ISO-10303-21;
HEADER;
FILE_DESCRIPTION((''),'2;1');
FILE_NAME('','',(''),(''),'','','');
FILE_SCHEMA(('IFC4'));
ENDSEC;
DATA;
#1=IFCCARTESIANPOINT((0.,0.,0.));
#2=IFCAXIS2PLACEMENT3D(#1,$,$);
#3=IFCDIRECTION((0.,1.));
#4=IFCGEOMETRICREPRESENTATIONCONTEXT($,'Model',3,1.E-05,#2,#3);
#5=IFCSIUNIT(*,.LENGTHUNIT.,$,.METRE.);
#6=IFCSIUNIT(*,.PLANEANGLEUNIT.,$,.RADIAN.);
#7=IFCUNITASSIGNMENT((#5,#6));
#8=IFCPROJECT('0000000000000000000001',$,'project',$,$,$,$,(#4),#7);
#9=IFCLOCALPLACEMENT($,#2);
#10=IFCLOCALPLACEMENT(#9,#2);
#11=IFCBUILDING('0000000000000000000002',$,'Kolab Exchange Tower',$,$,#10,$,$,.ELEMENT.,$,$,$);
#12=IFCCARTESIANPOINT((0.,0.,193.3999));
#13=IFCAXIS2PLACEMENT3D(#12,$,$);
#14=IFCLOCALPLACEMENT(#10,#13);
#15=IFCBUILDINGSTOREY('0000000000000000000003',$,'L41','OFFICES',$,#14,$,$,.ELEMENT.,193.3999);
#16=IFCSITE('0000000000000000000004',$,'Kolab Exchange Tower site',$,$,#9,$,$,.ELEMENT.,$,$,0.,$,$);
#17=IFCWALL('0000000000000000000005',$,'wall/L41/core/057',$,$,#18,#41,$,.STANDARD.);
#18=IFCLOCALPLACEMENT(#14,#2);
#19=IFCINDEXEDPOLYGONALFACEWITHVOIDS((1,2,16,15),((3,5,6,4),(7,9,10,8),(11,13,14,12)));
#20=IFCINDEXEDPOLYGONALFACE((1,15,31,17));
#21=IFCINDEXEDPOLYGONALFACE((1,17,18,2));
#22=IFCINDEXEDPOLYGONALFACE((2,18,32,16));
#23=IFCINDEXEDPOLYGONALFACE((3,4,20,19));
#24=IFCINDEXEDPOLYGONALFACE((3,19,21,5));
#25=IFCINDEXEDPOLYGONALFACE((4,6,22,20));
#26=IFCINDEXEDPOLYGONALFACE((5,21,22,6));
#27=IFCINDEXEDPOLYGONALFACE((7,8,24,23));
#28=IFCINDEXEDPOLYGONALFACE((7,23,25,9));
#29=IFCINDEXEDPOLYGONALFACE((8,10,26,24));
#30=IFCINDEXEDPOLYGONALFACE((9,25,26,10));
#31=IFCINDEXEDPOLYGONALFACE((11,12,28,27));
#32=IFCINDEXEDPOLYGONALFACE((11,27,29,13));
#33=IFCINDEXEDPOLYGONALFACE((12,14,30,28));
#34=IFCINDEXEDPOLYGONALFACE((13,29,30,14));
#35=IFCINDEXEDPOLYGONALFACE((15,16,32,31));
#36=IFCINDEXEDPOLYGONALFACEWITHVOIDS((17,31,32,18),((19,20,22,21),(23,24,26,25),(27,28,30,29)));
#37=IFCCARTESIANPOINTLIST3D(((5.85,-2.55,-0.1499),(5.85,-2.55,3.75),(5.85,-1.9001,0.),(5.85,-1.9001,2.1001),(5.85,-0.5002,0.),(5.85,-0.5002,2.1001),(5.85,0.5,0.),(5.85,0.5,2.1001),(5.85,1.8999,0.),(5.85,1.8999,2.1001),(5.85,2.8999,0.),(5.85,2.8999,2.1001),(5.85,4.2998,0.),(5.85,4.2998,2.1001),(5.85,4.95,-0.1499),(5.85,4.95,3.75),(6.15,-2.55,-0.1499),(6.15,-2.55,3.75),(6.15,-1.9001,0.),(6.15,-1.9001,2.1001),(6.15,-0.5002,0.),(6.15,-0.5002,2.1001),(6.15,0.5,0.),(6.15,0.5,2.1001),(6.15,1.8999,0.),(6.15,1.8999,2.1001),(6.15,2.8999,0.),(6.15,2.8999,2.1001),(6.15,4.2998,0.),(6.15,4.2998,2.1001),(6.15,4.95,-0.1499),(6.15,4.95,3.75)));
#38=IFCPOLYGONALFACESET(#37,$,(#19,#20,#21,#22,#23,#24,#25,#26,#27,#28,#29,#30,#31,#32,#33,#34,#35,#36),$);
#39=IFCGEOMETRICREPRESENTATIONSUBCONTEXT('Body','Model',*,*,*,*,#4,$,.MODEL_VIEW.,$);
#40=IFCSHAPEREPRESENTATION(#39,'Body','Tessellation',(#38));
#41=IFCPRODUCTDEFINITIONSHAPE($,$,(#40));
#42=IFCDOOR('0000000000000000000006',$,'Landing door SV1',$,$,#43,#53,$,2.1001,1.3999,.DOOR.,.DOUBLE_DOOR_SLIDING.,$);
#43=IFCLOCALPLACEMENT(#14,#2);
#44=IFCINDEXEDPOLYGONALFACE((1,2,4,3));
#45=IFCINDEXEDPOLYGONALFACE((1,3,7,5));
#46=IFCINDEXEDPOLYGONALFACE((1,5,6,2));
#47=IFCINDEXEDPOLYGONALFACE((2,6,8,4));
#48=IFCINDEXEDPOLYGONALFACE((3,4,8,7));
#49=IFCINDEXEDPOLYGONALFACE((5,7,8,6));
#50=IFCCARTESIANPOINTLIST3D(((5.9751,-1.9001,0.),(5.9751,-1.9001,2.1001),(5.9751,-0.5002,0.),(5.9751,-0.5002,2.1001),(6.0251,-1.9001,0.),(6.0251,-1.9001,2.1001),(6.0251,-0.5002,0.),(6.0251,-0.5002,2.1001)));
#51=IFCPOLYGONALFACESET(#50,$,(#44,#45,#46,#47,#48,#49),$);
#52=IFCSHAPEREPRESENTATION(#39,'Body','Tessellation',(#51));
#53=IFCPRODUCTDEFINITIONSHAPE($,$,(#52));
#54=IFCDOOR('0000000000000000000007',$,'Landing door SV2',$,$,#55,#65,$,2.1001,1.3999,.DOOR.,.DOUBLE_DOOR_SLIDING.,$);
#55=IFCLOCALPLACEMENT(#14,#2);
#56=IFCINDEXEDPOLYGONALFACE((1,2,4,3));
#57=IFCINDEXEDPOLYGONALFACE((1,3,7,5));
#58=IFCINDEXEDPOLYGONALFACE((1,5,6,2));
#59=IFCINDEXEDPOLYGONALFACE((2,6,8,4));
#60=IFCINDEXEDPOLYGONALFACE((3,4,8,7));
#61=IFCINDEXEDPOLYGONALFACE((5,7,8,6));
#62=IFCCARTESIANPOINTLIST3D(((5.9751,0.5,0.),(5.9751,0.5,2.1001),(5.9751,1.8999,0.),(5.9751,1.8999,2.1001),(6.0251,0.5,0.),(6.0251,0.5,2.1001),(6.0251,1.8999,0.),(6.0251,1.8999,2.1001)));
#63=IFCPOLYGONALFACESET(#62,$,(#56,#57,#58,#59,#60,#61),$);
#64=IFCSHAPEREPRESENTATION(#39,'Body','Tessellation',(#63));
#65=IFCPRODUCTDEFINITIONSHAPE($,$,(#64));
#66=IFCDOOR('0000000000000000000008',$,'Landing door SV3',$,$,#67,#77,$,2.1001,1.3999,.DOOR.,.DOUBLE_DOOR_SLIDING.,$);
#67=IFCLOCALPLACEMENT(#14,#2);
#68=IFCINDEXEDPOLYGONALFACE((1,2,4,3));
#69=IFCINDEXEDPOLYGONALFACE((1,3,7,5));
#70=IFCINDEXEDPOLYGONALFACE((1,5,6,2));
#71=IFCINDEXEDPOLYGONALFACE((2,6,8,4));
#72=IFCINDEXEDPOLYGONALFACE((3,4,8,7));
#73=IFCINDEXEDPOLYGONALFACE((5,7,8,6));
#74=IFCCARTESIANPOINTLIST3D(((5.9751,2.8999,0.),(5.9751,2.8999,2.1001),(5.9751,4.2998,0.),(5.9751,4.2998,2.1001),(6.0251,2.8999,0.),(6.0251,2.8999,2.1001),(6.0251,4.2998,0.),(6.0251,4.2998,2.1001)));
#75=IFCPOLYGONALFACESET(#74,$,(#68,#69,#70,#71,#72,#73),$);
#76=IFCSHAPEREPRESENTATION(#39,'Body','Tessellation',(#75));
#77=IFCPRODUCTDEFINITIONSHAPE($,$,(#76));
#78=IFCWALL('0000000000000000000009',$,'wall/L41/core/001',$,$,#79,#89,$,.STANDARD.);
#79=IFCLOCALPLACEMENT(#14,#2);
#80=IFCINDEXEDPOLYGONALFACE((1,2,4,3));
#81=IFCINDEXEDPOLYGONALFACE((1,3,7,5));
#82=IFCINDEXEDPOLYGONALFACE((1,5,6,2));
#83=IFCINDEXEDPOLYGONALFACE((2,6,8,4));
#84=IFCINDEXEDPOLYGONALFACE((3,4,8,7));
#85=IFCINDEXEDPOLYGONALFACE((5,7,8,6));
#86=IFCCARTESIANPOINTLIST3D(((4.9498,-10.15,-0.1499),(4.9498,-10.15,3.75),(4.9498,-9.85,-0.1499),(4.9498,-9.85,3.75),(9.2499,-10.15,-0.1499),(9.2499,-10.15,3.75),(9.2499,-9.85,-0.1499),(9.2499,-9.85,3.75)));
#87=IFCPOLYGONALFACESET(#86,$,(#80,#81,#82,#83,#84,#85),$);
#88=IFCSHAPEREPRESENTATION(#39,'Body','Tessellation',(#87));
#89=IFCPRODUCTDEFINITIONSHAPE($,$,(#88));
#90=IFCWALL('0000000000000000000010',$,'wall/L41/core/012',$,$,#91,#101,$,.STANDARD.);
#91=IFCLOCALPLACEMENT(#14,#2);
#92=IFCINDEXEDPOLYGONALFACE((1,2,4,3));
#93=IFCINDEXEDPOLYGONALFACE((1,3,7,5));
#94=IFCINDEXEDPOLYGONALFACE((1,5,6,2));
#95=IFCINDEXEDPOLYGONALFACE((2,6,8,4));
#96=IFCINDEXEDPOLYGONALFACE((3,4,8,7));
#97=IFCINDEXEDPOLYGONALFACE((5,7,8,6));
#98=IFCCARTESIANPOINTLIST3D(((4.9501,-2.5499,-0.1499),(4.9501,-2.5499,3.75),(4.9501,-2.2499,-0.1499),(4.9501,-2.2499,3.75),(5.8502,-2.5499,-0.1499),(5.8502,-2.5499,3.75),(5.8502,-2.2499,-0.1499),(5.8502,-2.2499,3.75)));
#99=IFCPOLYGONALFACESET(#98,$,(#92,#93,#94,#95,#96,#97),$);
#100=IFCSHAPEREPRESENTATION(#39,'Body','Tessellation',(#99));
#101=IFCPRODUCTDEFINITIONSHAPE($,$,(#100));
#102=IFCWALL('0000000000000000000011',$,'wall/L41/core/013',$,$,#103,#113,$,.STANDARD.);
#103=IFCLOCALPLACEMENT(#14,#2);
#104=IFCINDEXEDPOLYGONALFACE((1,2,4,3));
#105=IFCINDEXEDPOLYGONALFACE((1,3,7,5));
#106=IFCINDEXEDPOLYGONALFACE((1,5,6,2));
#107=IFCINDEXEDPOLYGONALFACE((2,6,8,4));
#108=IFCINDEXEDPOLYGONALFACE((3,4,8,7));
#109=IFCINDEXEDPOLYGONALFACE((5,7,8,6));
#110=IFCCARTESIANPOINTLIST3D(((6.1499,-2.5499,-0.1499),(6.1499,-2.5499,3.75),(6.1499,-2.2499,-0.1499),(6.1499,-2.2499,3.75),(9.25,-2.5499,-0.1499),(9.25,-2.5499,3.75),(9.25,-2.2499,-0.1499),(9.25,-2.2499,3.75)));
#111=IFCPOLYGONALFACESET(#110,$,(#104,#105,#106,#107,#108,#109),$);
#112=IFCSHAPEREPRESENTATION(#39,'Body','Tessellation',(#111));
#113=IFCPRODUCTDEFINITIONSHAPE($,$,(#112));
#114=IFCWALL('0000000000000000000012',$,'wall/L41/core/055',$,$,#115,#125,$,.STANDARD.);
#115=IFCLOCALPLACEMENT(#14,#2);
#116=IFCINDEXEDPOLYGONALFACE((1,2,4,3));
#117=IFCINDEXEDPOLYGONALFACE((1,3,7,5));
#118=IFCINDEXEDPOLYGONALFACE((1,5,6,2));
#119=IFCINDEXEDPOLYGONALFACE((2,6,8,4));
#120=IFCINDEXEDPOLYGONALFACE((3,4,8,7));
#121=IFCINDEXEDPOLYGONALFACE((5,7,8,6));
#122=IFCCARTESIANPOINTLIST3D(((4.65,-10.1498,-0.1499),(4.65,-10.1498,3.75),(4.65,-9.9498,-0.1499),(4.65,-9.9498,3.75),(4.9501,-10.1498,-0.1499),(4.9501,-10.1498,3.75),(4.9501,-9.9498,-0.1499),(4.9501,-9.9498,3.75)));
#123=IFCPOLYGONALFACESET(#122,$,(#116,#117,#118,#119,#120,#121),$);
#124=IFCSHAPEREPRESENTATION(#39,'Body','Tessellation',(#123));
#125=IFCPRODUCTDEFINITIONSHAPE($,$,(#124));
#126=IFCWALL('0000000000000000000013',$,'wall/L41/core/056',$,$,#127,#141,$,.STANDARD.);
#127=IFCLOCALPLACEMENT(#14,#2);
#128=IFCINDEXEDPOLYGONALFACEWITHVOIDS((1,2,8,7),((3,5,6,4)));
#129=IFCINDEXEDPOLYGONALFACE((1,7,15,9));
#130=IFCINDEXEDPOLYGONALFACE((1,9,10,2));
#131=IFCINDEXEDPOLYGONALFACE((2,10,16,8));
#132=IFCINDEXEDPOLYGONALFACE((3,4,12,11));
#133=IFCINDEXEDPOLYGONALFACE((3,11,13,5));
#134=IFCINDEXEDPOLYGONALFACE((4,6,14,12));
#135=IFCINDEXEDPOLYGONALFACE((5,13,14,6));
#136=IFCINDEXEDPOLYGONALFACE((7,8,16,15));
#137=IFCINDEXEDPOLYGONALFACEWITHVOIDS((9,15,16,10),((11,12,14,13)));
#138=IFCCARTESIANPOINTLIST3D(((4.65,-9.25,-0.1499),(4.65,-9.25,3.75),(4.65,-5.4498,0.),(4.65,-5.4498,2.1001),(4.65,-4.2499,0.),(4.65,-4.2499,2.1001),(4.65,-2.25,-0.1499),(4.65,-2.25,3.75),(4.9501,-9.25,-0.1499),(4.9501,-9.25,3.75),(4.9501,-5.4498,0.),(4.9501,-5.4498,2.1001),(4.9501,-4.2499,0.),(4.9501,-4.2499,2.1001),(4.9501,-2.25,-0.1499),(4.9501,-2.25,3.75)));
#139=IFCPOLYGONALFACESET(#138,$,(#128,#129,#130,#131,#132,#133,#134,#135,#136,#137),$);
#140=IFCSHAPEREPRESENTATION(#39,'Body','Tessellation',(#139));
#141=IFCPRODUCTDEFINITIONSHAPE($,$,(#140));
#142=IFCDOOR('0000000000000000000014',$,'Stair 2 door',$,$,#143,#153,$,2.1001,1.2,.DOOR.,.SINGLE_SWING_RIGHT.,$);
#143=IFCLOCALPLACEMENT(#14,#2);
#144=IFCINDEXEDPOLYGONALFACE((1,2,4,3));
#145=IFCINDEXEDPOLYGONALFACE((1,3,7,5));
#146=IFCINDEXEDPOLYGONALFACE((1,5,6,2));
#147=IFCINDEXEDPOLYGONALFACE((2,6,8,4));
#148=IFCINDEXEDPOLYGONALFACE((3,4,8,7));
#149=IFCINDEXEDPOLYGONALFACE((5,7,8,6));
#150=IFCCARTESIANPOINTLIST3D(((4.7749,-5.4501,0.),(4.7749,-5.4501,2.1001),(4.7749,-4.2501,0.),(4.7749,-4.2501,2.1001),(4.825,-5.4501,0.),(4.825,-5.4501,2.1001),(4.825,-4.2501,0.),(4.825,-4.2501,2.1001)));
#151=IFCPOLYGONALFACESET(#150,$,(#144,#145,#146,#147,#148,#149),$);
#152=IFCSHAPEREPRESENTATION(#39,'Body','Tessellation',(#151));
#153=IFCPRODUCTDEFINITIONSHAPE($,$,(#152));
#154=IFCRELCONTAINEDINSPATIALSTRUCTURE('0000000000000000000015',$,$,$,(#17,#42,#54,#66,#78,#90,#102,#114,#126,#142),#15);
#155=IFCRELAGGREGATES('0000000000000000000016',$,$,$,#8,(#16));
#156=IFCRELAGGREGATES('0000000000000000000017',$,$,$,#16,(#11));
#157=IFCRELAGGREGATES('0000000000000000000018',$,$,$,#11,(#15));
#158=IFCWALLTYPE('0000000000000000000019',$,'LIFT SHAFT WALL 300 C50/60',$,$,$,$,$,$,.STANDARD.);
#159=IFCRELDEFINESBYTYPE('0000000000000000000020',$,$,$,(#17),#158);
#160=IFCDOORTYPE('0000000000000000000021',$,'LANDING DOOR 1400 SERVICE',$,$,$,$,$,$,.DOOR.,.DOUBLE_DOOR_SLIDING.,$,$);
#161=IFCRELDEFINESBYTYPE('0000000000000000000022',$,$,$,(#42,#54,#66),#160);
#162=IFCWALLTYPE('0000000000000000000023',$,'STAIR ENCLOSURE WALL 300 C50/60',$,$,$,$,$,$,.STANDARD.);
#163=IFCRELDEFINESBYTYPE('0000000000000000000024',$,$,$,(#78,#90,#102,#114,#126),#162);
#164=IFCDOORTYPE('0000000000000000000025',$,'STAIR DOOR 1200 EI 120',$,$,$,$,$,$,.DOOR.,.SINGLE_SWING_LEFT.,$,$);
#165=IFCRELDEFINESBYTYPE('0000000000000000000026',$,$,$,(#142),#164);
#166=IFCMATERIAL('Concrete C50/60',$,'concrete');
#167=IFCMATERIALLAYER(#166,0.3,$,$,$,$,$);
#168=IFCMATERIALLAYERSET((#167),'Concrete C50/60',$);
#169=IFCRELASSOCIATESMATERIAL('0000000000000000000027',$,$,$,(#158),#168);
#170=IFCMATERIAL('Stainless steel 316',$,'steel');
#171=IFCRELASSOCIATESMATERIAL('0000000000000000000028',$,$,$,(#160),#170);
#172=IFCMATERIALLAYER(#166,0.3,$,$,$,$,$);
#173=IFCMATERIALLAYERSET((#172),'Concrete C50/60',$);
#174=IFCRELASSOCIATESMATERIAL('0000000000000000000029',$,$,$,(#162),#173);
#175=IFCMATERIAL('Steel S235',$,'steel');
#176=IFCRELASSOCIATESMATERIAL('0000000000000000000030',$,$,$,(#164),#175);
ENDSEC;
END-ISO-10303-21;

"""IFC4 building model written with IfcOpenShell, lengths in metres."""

from ifc_helpers import new_model, si_unit, direction, frame, frame_2d, origin, place, context, subcontext, project, spatial, rectangle, extrude, material, layer, layer_set, type_object, element, fill, save


model = new_model("IFC4")

# Units and contexts
model_context = context("Model", 3, precision=1e-05, world=origin(), true_north=direction((0.0, 1.0)))
body_context = subcontext(model_context, "Body", "Model", "MODEL_VIEW")
ifc_project = project(units=[si_unit("LENGTHUNIT", "METRE"), si_unit("PLANEANGLEUNIT", "RADIAN")], contexts=[model_context])

# Site, building, storey
site_placement = place(None, origin())
site = spatial("IfcSite", under=ifc_project, at=site_placement, Name="Kolab Exchange Tower site", CompositionType="ELEMENT", RefElevation=0.0)
building_placement = place(site_placement, origin())
building = spatial("IfcBuilding", under=site, at=building_placement, Name="Kolab Exchange Tower", CompositionType="ELEMENT")
storey_placement = place(building_placement, frame((0.0, 0.0, 193.3999)))
storey = spatial("IfcBuildingStorey", under=building, at=storey_placement, Name="L41", Description="OFFICES", CompositionType="ELEMENT", Elevation=193.3999)

# Shared definitions
ifc_material_1 = material(Name="Concrete C50/60", Category="concrete")
ifc_layer_1 = layer(ifc_material_1, 0.3)
ifc_layer_set_1 = layer_set([ifc_layer_1], Name="Concrete C50/60")
wall_type_1 = type_object("IfcWallType", Name="LIFT SHAFT WALL 300 C50/60", PredefinedType="STANDARD", material=ifc_layer_set_1)
ifc_material_2 = material(Name="Stainless steel 316", Category="steel")

# Wall, openings, doors
wall_1_placement = place(storey_placement, frame((6.0, -2.55, -0.1499), z_axis=(0.0, 0.0, 1.0), x_axis=(0.0, 1.0, 0.0)))
wall_1 = element("IfcWall", 1, at=wall_1_placement, inside=storey, type_object=wall_type_1, Name="wall/L41/core/057", PredefinedType="STANDARD", context=body_context, shape_type="SweptSolid", body=[
    extrude(rectangle(XDim=7.5, YDim=0.3, at=frame_2d((3.75, 0.0))), origin(), (0.0, 0.0, 1.0), 3.8999),
])
opening_1_placement = place(wall_1_placement, frame((0.6499, 0.0, 0.1499)))
opening_1 = element("IfcOpeningElement", 2, at=opening_1_placement, cuts=wall_1, PredefinedType="OPENING", context=body_context, shape_type="SweptSolid", body=[
    extrude(rectangle(XDim=1.3999, YDim=2.1001, at=frame_2d((0.7, 1.05))), frame((0.0, 0.1602, 0.0), z_axis=(0.0, -1.0, 0.0), x_axis=(1.0, 0.0, 0.0)), (0.0, 0.0, 1.0), 0.3201),
])
opening_2_placement = place(wall_1_placement, frame((3.05, 0.0, 0.1499)))
opening_2 = element("IfcOpeningElement", 3, at=opening_2_placement, cuts=wall_1, PredefinedType="OPENING", context=body_context, shape_type="SweptSolid", body=[
    extrude(rectangle(XDim=1.3999, YDim=2.1001, at=frame_2d((0.7, 1.05))), frame((0.0, 0.1602, 0.0), z_axis=(0.0, -1.0, 0.0), x_axis=(1.0, 0.0, 0.0)), (0.0, 0.0, 1.0), 0.3201),
])
opening_3_placement = place(wall_1_placement, frame((5.45, 0.0, 0.1499)))
opening_3 = element("IfcOpeningElement", 4, at=opening_3_placement, cuts=wall_1, PredefinedType="OPENING", context=body_context, shape_type="SweptSolid", body=[
    extrude(rectangle(XDim=1.3999, YDim=2.1001, at=frame_2d((0.7, 1.05))), frame((0.0, 0.1602, 0.0), z_axis=(0.0, -1.0, 0.0), x_axis=(1.0, 0.0, 0.0)), (0.0, 0.0, 1.0), 0.3201),
])
door_type_1 = type_object("IfcDoorType", Name="LANDING DOOR 1400 SERVICE", OperationType="DOUBLE_DOOR_SLIDING", PredefinedType="DOOR", material=ifc_material_2)
door_1_placement = place(opening_1_placement, origin())
door_1 = element("IfcDoor", 5, at=door_1_placement, inside=storey, type_object=door_type_1, Name="Landing door SV1", OperationType="DOUBLE_DOOR_SLIDING", OverallHeight=2.1001, OverallWidth=1.3999, PredefinedType="DOOR", context=body_context, shape_type="SweptSolid", body=[
    extrude(rectangle(XDim=1.3999, YDim=2.1001, at=frame_2d((0.7, 1.05))), frame((0.0, 0.0249, 0.0), z_axis=(0.0, -1.0, 0.0), x_axis=(1.0, 0.0, 0.0)), (0.0, 0.0, 1.0), 0.05),
])
fill(opening_1, door_1)
door_2_placement = place(opening_2_placement, origin())
door_2 = element("IfcDoor", 6, at=door_2_placement, inside=storey, type_object=door_type_1, Name="Landing door SV2", OperationType="DOUBLE_DOOR_SLIDING", OverallHeight=2.1001, OverallWidth=1.3999, PredefinedType="DOOR", context=body_context, shape_type="SweptSolid", body=[
    extrude(rectangle(XDim=1.3999, YDim=2.1001, at=frame_2d((0.7, 1.05))), frame((0.0, 0.0249, 0.0), z_axis=(0.0, -1.0, 0.0), x_axis=(1.0, 0.0, 0.0)), (0.0, 0.0, 1.0), 0.05),
])
fill(opening_2, door_2)
door_3_placement = place(opening_3_placement, origin())
door_3 = element("IfcDoor", 7, at=door_3_placement, inside=storey, type_object=door_type_1, Name="Landing door SV3", OperationType="DOUBLE_DOOR_SLIDING", OverallHeight=2.1001, OverallWidth=1.3999, PredefinedType="DOOR", context=body_context, shape_type="SweptSolid", body=[
    extrude(rectangle(XDim=1.3999, YDim=2.1001, at=frame_2d((0.7, 1.05))), frame((0.0, 0.0249, 0.0), z_axis=(0.0, -1.0, 0.0), x_axis=(1.0, 0.0, 0.0)), (0.0, 0.0, 1.0), 0.05),
])
fill(opening_3, door_3)

# Walls
ifc_layer_2 = layer(ifc_material_1, 0.3)
ifc_layer_set_2 = layer_set([ifc_layer_2], Name="Concrete C50/60")
wall_type_2 = type_object("IfcWallType", Name="STAIR ENCLOSURE WALL 300 C50/60", PredefinedType="STANDARD", material=ifc_layer_set_2)
wall_2_placement = place(storey_placement, frame((4.95, -10.0, -0.1499), z_axis=(0.0, 0.0, 1.0), x_axis=(1.0, 0.0, 0.0)))
element("IfcWall", 8, at=wall_2_placement, inside=storey, type_object=wall_type_2, Name="wall/L41/core/001", PredefinedType="STANDARD", context=body_context, shape_type="SweptSolid", body=[
    extrude(rectangle(XDim=4.3, YDim=0.3, at=frame_2d((2.1499, 0.0))), origin(), (0.0, 0.0, 1.0), 3.8999),
])
wall_3_placement = place(storey_placement, frame((4.95, -2.3999, -0.1499), z_axis=(0.0, 0.0, 1.0), x_axis=(1.0, 0.0, 0.0)))
element("IfcWall", 9, at=wall_3_placement, inside=storey, type_object=wall_type_2, Name="wall/L41/core/012", PredefinedType="STANDARD", context=body_context, shape_type="SweptSolid", body=[
    extrude(rectangle(XDim=0.9001, YDim=0.3, at=frame_2d((0.4502, 0.0))), origin(), (0.0, 0.0, 1.0), 3.8999),
])
wall_4_placement = place(storey_placement, frame((6.1499, -2.3999, -0.1499), z_axis=(0.0, 0.0, 1.0), x_axis=(1.0, 0.0, 0.0)))
element("IfcWall", 10, at=wall_4_placement, inside=storey, type_object=wall_type_2, Name="wall/L41/core/013", PredefinedType="STANDARD", context=body_context, shape_type="SweptSolid", body=[
    extrude(rectangle(XDim=3.1001, YDim=0.3, at=frame_2d((1.55, 0.0))), origin(), (0.0, 0.0, 1.0), 3.8999),
])
wall_5_placement = place(storey_placement, frame((4.8, -10.1499, -0.1499), z_axis=(0.0, 0.0, 1.0), x_axis=(0.0, 1.0, 0.0)))
element("IfcWall", 11, at=wall_5_placement, inside=storey, type_object=wall_type_2, Name="wall/L41/core/055", PredefinedType="STANDARD", context=body_context, shape_type="SweptSolid", body=[
    extrude(rectangle(XDim=0.2, YDim=0.3, at=frame_2d((0.1001, 0.0))), origin(), (0.0, 0.0, 1.0), 3.8999),
])

# Wall, opening, door
wall_6_placement = place(storey_placement, frame((4.8, -9.25, -0.1499), z_axis=(0.0, 0.0, 1.0), x_axis=(0.0, 1.0, 0.0)))
wall_6 = element("IfcWall", 12, at=wall_6_placement, inside=storey, type_object=wall_type_2, Name="wall/L41/core/056", PredefinedType="STANDARD", context=body_context, shape_type="SweptSolid", body=[
    extrude(rectangle(XDim=7.0, YDim=0.3, at=frame_2d((3.5, 0.0))), origin(), (0.0, 0.0, 1.0), 3.8999),
])
opening_4_placement = place(wall_6_placement, frame((3.8, 0.0, 0.1499)))
opening_4 = element("IfcOpeningElement", 13, at=opening_4_placement, cuts=wall_6, PredefinedType="OPENING", context=body_context, shape_type="SweptSolid", body=[
    extrude(rectangle(XDim=1.2, YDim=2.1001, at=frame_2d((0.6001, 1.05))), frame((0.0, 0.1602, 0.0), z_axis=(0.0, -1.0, 0.0), x_axis=(1.0, 0.0, 0.0)), (0.0, 0.0, 1.0), 0.3201),
])
ifc_material_3 = material(Name="Steel S235", Category="steel")
door_type_2 = type_object("IfcDoorType", Name="STAIR DOOR 1200 EI 120", OperationType="SINGLE_SWING_LEFT", PredefinedType="DOOR", material=ifc_material_3)
door_4_placement = place(opening_4_placement, frame((1.2, 0.0, 0.0), z_axis=(0.0, 0.0, 1.0), x_axis=(-1.0, 0.0, 0.0)))
door_4 = element("IfcDoor", 14, at=door_4_placement, inside=storey, type_object=door_type_2, Name="Stair 2 door", OperationType="SINGLE_SWING_RIGHT", OverallHeight=2.1001, OverallWidth=1.2, PredefinedType="DOOR", context=body_context, shape_type="SweptSolid", body=[
    extrude(rectangle(XDim=1.2, YDim=2.1001, at=frame_2d((0.6001, 1.05))), frame((0.0, 0.0249, 0.0), z_axis=(0.0, -1.0, 0.0), x_axis=(1.0, 0.0, 0.0)), (0.0, 0.0, 1.0), 0.05),
])
fill(opening_4, door_4)

save(model, "model.ifc")
